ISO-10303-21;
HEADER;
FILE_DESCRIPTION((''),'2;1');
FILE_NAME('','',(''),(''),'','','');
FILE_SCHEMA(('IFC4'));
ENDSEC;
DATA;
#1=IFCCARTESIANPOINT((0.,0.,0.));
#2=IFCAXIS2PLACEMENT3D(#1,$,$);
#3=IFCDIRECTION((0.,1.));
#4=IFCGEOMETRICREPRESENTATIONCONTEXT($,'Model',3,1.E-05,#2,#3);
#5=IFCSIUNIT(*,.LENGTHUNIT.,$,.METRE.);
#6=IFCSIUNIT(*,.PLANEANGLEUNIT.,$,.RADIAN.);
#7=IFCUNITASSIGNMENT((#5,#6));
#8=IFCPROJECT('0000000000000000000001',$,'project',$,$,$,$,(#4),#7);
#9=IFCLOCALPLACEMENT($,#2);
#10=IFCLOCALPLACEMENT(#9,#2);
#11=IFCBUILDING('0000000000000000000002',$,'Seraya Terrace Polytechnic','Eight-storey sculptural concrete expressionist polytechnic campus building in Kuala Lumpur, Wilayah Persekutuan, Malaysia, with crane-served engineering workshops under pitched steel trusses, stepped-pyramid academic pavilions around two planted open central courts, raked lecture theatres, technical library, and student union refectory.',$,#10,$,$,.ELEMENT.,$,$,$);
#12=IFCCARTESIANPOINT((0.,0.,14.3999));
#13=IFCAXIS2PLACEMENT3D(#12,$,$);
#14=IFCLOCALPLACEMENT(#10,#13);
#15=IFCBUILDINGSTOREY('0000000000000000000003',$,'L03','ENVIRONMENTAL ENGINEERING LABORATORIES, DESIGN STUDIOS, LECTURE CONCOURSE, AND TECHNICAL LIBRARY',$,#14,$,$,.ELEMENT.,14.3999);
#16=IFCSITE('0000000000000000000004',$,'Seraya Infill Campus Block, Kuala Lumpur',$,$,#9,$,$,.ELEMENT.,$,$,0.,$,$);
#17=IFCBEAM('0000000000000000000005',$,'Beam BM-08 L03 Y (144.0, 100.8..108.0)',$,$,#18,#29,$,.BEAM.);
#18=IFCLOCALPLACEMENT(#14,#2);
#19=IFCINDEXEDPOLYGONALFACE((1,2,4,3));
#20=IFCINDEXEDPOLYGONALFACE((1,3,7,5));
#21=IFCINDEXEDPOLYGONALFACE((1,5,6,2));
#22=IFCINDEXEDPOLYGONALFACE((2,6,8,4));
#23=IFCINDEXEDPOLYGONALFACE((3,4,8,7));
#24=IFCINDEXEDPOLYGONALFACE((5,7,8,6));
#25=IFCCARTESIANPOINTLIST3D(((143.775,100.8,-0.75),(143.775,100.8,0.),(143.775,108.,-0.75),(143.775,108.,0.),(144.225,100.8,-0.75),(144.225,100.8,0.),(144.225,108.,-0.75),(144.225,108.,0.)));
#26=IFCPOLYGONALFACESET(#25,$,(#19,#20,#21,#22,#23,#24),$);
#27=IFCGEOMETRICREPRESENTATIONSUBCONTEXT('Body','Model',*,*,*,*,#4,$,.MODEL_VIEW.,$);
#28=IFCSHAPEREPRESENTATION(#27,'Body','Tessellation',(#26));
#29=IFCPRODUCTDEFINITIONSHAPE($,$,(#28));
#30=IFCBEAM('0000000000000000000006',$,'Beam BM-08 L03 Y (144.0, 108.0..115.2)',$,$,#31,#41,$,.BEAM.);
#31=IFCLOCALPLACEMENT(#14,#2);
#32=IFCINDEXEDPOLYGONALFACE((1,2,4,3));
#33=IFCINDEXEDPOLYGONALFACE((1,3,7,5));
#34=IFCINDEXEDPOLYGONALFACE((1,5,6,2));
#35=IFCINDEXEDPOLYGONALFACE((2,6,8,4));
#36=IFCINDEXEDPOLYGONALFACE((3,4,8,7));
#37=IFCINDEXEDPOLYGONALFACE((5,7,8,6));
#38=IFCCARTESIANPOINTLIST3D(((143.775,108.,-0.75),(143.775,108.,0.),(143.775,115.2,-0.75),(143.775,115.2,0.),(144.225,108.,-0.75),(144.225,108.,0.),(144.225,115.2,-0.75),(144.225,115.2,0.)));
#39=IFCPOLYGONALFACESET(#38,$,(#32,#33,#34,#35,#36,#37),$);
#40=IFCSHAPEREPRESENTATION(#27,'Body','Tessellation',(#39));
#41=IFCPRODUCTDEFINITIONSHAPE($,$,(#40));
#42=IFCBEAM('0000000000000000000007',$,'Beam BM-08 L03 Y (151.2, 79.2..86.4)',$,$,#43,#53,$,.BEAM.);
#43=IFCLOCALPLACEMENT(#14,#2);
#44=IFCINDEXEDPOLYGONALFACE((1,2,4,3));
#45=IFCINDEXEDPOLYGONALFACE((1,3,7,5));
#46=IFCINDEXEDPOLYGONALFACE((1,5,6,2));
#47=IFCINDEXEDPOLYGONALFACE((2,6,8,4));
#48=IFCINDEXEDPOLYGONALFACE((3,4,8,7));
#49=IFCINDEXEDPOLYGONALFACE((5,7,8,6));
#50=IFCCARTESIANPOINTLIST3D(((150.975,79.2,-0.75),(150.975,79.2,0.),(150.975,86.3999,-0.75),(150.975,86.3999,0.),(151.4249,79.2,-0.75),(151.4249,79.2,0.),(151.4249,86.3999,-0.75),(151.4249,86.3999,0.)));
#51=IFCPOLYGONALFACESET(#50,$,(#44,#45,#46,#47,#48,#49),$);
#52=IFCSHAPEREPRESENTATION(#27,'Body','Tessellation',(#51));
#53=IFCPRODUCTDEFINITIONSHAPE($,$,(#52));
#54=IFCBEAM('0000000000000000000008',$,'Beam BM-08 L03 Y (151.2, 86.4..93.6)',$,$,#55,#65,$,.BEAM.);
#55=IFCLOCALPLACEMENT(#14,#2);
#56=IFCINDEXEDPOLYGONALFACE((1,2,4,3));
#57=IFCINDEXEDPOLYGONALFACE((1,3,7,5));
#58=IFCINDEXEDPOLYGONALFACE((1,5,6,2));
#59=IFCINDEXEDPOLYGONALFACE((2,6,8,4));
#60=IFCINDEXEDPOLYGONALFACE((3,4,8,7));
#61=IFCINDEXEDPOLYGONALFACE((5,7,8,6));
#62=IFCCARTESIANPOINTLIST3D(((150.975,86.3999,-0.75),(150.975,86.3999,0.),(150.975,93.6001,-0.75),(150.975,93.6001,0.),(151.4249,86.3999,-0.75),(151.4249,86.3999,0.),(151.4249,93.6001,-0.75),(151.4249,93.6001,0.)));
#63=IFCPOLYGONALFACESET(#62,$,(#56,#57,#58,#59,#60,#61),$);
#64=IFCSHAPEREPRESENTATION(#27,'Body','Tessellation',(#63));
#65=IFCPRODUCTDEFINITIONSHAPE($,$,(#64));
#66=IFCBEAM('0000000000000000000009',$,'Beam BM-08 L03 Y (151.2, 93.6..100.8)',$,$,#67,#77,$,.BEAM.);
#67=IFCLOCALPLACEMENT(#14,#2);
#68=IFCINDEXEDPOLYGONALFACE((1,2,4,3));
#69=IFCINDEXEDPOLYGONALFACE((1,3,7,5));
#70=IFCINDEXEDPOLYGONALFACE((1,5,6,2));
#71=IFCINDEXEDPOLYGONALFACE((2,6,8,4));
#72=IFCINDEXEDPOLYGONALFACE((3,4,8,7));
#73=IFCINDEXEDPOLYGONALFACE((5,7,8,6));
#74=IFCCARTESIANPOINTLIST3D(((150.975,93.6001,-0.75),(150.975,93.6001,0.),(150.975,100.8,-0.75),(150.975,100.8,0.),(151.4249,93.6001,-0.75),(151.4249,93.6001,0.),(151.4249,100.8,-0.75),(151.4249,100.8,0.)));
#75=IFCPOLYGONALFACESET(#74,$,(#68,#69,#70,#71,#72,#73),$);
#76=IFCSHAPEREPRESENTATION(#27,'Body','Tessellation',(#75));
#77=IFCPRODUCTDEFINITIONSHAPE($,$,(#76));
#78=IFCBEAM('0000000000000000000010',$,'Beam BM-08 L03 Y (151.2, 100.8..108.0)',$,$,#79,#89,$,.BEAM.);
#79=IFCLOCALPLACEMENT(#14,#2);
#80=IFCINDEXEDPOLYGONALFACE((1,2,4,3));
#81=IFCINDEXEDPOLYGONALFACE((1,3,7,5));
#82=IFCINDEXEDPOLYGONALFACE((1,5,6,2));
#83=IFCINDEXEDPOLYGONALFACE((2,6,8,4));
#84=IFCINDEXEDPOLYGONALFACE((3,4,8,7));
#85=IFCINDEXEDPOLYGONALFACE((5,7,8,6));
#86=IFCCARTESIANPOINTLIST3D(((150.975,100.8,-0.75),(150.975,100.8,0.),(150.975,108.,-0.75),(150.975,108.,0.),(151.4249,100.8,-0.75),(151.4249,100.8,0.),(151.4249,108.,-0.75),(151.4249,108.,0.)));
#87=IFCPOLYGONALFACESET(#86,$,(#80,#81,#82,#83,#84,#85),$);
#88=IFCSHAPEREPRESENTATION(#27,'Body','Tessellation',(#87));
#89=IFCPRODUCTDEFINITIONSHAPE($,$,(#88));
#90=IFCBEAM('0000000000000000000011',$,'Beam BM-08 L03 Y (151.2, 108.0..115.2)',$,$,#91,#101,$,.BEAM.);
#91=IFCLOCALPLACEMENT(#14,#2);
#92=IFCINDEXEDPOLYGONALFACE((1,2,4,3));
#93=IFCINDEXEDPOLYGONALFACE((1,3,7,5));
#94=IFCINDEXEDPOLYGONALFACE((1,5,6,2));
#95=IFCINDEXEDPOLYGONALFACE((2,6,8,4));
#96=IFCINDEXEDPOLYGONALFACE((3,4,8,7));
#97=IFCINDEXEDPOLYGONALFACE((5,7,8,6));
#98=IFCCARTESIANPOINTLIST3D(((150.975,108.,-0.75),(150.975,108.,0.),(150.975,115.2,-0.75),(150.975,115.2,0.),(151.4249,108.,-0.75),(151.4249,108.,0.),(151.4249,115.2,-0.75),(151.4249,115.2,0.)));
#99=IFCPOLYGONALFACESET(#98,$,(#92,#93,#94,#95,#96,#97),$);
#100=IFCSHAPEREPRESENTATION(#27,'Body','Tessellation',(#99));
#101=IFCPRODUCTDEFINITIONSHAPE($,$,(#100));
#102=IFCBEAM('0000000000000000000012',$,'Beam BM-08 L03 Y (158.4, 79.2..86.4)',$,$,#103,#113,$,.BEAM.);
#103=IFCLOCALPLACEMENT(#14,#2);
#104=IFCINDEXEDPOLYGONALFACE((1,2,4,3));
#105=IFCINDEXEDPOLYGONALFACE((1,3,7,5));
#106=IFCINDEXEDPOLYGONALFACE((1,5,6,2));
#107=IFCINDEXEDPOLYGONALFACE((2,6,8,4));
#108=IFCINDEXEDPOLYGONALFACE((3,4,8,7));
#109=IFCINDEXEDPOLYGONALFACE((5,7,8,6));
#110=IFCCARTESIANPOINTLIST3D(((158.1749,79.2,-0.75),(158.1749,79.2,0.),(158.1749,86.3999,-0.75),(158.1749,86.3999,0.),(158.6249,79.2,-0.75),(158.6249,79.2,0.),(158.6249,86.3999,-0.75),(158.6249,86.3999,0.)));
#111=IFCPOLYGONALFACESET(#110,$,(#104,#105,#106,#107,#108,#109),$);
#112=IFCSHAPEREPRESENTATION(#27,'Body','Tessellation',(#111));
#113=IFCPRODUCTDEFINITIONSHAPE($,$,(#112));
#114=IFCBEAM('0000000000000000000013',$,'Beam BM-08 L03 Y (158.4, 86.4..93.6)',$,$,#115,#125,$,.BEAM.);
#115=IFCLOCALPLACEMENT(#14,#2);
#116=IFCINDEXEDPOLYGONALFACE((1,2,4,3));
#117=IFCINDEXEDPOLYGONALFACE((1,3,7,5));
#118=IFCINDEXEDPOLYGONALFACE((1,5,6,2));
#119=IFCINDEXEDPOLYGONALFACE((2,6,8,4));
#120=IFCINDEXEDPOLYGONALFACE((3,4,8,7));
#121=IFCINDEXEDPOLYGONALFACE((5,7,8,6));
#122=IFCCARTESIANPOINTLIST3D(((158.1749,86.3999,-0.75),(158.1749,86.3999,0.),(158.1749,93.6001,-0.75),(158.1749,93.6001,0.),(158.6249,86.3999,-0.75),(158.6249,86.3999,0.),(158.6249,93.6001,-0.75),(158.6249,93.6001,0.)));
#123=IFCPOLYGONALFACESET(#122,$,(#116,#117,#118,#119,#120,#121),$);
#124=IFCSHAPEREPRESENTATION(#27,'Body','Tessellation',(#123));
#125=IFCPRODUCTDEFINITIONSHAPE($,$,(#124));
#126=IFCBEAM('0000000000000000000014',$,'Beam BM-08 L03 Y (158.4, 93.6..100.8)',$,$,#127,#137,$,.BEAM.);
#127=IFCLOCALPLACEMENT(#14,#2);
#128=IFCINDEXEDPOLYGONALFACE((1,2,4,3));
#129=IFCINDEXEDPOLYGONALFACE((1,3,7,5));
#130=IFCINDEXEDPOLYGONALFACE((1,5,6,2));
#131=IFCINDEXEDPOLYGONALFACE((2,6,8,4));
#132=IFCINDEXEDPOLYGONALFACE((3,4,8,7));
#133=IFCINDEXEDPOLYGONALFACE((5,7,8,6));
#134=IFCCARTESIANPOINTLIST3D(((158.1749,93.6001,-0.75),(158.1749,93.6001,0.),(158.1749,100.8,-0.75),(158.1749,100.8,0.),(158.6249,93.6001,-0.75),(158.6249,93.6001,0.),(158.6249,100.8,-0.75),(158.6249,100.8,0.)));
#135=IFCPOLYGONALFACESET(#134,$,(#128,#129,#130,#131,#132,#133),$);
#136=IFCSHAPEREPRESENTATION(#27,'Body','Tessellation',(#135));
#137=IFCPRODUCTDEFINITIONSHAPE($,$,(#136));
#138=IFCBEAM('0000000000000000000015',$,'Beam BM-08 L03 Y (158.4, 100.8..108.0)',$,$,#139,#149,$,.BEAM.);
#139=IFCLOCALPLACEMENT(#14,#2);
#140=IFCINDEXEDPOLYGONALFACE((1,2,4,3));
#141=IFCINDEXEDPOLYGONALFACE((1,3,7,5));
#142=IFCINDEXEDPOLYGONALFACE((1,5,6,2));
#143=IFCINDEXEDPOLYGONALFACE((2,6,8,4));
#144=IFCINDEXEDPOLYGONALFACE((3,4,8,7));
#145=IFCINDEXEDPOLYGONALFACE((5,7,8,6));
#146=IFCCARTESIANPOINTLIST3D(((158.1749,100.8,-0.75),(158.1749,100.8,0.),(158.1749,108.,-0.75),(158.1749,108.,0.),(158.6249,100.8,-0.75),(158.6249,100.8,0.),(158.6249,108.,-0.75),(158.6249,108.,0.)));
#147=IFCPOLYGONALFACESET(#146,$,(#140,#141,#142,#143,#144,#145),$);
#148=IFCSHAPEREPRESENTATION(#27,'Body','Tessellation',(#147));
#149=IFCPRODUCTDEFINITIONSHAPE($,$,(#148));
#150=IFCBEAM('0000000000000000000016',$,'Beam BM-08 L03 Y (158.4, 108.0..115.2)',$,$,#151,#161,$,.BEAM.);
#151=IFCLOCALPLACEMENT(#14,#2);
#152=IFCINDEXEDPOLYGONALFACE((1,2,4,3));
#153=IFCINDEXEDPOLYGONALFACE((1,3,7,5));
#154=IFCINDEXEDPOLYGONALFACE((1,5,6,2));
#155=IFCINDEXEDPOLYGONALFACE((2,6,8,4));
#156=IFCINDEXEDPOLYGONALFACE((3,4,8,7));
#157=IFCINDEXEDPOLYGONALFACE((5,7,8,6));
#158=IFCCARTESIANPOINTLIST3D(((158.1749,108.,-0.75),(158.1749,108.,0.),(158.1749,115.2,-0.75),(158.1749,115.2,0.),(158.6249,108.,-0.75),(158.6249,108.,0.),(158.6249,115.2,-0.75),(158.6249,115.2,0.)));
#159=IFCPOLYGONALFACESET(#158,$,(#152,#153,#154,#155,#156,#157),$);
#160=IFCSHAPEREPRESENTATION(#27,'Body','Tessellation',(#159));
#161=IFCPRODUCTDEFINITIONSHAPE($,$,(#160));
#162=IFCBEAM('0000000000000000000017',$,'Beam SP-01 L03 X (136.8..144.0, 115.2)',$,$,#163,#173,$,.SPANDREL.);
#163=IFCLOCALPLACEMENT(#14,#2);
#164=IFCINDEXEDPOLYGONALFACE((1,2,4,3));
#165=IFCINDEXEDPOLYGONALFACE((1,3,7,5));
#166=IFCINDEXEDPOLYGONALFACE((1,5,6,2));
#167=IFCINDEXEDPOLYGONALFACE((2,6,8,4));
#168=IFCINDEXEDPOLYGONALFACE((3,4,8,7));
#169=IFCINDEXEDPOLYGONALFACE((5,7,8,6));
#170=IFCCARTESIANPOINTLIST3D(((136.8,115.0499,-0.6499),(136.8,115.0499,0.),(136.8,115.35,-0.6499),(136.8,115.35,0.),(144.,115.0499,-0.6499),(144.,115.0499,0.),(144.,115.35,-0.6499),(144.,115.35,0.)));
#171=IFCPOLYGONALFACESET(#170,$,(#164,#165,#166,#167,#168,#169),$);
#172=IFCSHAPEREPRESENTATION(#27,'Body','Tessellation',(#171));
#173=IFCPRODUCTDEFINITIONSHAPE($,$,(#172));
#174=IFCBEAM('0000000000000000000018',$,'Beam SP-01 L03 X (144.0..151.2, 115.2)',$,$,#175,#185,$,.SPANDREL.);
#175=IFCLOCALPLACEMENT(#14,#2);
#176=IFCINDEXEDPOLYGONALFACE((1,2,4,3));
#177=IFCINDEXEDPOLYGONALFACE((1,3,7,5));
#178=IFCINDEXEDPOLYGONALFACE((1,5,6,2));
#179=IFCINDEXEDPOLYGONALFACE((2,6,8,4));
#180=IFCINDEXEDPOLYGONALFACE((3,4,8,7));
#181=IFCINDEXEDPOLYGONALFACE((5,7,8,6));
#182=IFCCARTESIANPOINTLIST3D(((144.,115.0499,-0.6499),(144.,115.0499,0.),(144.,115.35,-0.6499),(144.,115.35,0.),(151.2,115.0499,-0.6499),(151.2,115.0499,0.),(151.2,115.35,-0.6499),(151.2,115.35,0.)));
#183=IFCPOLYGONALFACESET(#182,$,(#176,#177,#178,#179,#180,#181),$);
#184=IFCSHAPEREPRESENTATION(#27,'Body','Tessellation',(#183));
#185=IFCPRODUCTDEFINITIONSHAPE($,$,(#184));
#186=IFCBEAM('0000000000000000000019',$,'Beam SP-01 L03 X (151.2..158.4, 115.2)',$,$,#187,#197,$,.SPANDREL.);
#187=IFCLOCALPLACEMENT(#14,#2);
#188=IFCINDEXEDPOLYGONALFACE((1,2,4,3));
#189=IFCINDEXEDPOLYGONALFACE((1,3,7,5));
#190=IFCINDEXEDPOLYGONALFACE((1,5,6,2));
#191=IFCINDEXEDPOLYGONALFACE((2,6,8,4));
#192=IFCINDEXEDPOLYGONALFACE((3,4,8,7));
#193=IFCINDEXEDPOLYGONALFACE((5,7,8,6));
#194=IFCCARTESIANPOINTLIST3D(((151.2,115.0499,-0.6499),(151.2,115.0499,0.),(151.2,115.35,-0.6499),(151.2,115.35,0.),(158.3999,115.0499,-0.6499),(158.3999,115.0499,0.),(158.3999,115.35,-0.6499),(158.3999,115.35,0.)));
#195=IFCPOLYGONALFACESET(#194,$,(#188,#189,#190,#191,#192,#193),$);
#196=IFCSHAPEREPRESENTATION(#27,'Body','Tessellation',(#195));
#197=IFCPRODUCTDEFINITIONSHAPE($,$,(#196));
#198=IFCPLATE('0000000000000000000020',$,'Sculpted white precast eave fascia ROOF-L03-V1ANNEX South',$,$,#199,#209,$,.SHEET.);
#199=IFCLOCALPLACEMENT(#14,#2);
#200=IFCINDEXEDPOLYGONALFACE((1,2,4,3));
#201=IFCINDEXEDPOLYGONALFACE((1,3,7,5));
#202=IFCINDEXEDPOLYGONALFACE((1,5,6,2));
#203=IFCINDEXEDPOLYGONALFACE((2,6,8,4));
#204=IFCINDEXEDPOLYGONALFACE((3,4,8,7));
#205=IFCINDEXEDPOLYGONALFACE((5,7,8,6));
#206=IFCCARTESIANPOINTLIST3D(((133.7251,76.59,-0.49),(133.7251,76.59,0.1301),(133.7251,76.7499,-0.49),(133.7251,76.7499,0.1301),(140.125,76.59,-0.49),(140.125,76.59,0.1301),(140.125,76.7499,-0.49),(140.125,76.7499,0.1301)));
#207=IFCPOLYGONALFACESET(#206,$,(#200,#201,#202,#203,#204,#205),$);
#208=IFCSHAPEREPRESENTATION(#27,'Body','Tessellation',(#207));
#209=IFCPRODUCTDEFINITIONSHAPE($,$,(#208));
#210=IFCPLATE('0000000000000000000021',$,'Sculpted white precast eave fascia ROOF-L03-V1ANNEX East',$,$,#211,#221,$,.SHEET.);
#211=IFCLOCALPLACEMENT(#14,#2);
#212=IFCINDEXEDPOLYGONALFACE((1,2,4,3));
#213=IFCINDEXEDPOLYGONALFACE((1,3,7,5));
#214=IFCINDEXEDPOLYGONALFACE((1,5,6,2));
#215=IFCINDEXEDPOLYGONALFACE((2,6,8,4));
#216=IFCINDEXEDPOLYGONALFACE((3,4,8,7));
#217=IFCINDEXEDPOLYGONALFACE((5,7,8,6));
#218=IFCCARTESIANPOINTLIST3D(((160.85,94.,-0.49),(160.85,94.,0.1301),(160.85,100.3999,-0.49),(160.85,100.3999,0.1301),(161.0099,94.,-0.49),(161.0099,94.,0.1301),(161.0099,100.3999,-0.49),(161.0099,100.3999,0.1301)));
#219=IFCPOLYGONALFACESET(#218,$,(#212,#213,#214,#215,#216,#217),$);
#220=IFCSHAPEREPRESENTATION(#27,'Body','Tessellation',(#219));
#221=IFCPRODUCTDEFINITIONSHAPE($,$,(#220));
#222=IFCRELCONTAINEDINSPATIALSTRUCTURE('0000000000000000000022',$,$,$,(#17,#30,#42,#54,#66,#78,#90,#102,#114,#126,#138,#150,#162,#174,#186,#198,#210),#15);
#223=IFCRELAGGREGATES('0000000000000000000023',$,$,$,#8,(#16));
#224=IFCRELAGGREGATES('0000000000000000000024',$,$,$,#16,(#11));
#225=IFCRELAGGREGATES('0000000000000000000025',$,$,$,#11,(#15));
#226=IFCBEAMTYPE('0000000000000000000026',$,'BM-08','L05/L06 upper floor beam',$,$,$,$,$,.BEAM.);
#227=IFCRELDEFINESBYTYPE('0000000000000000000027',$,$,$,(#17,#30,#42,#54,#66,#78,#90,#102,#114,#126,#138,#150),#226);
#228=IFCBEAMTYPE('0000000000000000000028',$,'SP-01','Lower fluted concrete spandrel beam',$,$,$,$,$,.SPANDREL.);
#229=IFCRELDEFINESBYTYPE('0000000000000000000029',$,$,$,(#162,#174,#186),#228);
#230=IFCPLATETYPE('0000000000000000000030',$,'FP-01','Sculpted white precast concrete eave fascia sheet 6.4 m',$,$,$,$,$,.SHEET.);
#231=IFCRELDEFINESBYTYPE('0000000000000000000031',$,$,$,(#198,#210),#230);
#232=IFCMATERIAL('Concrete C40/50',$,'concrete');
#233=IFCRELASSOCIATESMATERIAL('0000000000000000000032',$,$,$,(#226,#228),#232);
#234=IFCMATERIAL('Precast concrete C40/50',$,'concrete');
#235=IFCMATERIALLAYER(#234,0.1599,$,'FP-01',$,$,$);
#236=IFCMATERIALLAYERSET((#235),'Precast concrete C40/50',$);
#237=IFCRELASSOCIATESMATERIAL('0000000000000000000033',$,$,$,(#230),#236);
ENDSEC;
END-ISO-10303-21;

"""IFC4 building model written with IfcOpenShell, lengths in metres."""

from ifc_helpers import new_model, si_unit, direction, frame, origin, origin_2d, place, context, subcontext, project, spatial, rectangle, extrude, material, layer, layer_set, material_profile, profile_set, type_object, element, save


model = new_model("IFC4")

# Units and contexts
model_context = context("Model", 3, precision=1e-05, world=origin(), true_north=direction((0.0, 1.0)))
body_context = subcontext(model_context, "Body", "Model", "MODEL_VIEW")
ifc_project = project(units=[si_unit("LENGTHUNIT", "METRE"), si_unit("PLANEANGLEUNIT", "RADIAN")], contexts=[model_context])

# Site, building, storey
site_placement = place(None, origin())
site = spatial("IfcSite", under=ifc_project, at=site_placement, Name="Seraya Infill Campus Block, Kuala Lumpur", CompositionType="ELEMENT", RefElevation=0.0)
building_placement = place(site_placement, origin())
building = spatial("IfcBuilding", under=site, at=building_placement, Name="Seraya Terrace Polytechnic", Description="Eight-storey sculptural concrete expressionist polytechnic campus building in Kuala Lumpur, Wilayah Persekutuan, Malaysia, with crane-served engineering workshops under pitched steel trusses, stepped-pyramid academic pavilions around two planted open central courts, raked lecture theatres, technical library, and student union refectory.", CompositionType="ELEMENT")
storey_placement = place(building_placement, frame((0.0, 0.0, 14.3999)))
storey = spatial("IfcBuildingStorey", under=building, at=storey_placement, Name="L03", Description="ENVIRONMENTAL ENGINEERING LABORATORIES, DESIGN STUDIOS, LECTURE CONCOURSE, AND TECHNICAL LIBRARY", CompositionType="ELEMENT", Elevation=14.3999)

# Beams
ifc_material_1 = material(Name="Concrete C40/50", Category="concrete")
ifc_material_profile_1 = material_profile(ifc_material_1, rectangle(XDim=0.45, YDim=0.75, at=origin_2d()), Name="RC 450x750")
ifc_profile_set_1 = profile_set([ifc_material_profile_1], Name="Concrete C40/50")
beam_type_1 = type_object("IfcBeamType", Name="BM-08", Description="L05/L06 upper floor beam", PredefinedType="BEAM", material=ifc_profile_set_1)
for number, where, z_axis, x_axis, name in (
    (1, (144.0, 100.8, -0.375), (0.0, 1.0, 0.0), (-1.0, 0.0, 0.0), "Beam BM-08 L03 Y (144.0, 100.8..108.0)"),
    (2, (144.0, 108.0, -0.375), (0.0, 1.0, 0.0), (-1.0, 0.0, 0.0), "Beam BM-08 L03 Y (144.0, 108.0..115.2)"),
    (3, (151.2, 79.2, -0.375), (0.0, 1.0, 0.0), (-1.0, 0.0, 0.0), "Beam BM-08 L03 Y (151.2, 79.2..86.4)"),
):
    element("IfcBeam", number, at=place(storey_placement, frame(where, z_axis=z_axis, x_axis=x_axis)), inside=storey, type_object=beam_type_1, Name=name, PredefinedType="BEAM", context=body_context, shape_type="SweptSolid", body=[
        extrude(rectangle(XDim=0.45, YDim=0.75, at=origin_2d()), origin(), (0.0, 0.0, 1.0), 7.2),
    ])
beam_1_placement = place(storey_placement, frame((151.2, 86.3999, -0.375), z_axis=(0.0, 1.0, 0.0), x_axis=(-1.0, 0.0, 0.0)))
element("IfcBeam", 4, at=beam_1_placement, inside=storey, type_object=beam_type_1, Name="Beam BM-08 L03 Y (151.2, 86.4..93.6)", PredefinedType="BEAM", context=body_context, shape_type="SweptSolid", body=[
    extrude(rectangle(XDim=0.45, YDim=0.75, at=origin_2d()), origin(), (0.0, 0.0, 1.0), 7.2002),
])
for number, where, z_axis, x_axis, name in (
    (5, (151.2, 93.6001, -0.375), (0.0, 1.0, 0.0), (-1.0, 0.0, 0.0), "Beam BM-08 L03 Y (151.2, 93.6..100.8)"),
    (6, (151.2, 100.8, -0.375), (0.0, 1.0, 0.0), (-1.0, 0.0, 0.0), "Beam BM-08 L03 Y (151.2, 100.8..108.0)"),
    (7, (151.2, 108.0, -0.375), (0.0, 1.0, 0.0), (-1.0, 0.0, 0.0), "Beam BM-08 L03 Y (151.2, 108.0..115.2)"),
    (8, (158.3999, 79.2, -0.375), (0.0, 1.0, 0.0), (-1.0, 0.0, 0.0), "Beam BM-08 L03 Y (158.4, 79.2..86.4)"),
):
    element("IfcBeam", number, at=place(storey_placement, frame(where, z_axis=z_axis, x_axis=x_axis)), inside=storey, type_object=beam_type_1, Name=name, PredefinedType="BEAM", context=body_context, shape_type="SweptSolid", body=[
        extrude(rectangle(XDim=0.45, YDim=0.75, at=origin_2d()), origin(), (0.0, 0.0, 1.0), 7.2),
    ])
beam_2_placement = place(storey_placement, frame((158.3999, 86.3999, -0.375), z_axis=(0.0, 1.0, 0.0), x_axis=(-1.0, 0.0, 0.0)))
element("IfcBeam", 9, at=beam_2_placement, inside=storey, type_object=beam_type_1, Name="Beam BM-08 L03 Y (158.4, 86.4..93.6)", PredefinedType="BEAM", context=body_context, shape_type="SweptSolid", body=[
    extrude(rectangle(XDim=0.45, YDim=0.75, at=origin_2d()), origin(), (0.0, 0.0, 1.0), 7.2002),
])
for number, where, z_axis, x_axis, name in (
    (10, (158.3999, 93.6001, -0.375), (0.0, 1.0, 0.0), (-1.0, 0.0, 0.0), "Beam BM-08 L03 Y (158.4, 93.6..100.8)"),
    (11, (158.3999, 100.8, -0.375), (0.0, 1.0, 0.0), (-1.0, 0.0, 0.0), "Beam BM-08 L03 Y (158.4, 100.8..108.0)"),
    (12, (158.3999, 108.0, -0.375), (0.0, 1.0, 0.0), (-1.0, 0.0, 0.0), "Beam BM-08 L03 Y (158.4, 108.0..115.2)"),
):
    element("IfcBeam", number, at=place(storey_placement, frame(where, z_axis=z_axis, x_axis=x_axis)), inside=storey, type_object=beam_type_1, Name=name, PredefinedType="BEAM", context=body_context, shape_type="SweptSolid", body=[
        extrude(rectangle(XDim=0.45, YDim=0.75, at=origin_2d()), origin(), (0.0, 0.0, 1.0), 7.2),
    ])
ifc_material_profile_2 = material_profile(ifc_material_1, rectangle(XDim=0.3, YDim=0.6499, at=origin_2d()), Name="RC 300x650")
ifc_profile_set_2 = profile_set([ifc_material_profile_2], Name="Concrete C40/50")
beam_type_2 = type_object("IfcBeamType", Name="SP-01", Description="Lower fluted concrete spandrel beam", PredefinedType="SPANDREL", material=ifc_profile_set_2)
for number, where, z_axis, x_axis, name in (
    (13, (136.8, 115.2, -0.325), (1.0, 0.0, 0.0), (0.0, 1.0, 0.0), "Beam SP-01 L03 X (136.8..144.0, 115.2)"),
    (14, (144.0, 115.2, -0.325), (1.0, 0.0, 0.0), (0.0, 1.0, 0.0), "Beam SP-01 L03 X (144.0..151.2, 115.2)"),
    (15, (151.2, 115.2, -0.325), (1.0, 0.0, 0.0), (0.0, 1.0, 0.0), "Beam SP-01 L03 X (151.2..158.4, 115.2)"),
):
    element("IfcBeam", number, at=place(storey_placement, frame(where, z_axis=z_axis, x_axis=x_axis)), inside=storey, type_object=beam_type_2, Name=name, PredefinedType="SPANDREL", context=body_context, shape_type="SweptSolid", body=[
        extrude(rectangle(XDim=0.3, YDim=0.6499, at=origin_2d()), origin(), (0.0, 0.0, 1.0), 7.2),
    ])

# Plates
ifc_material_2 = material(Name="Precast concrete C40/50", Category="concrete")
ifc_layer_1 = layer(ifc_material_2, 0.1599, Name="FP-01")
ifc_layer_set_1 = layer_set([ifc_layer_1], Name="Precast concrete C40/50")
plate_type = type_object("IfcPlateType", Name="FP-01", Description="Sculpted white precast concrete eave fascia sheet 6.4 m", PredefinedType="SHEET", material=ifc_layer_set_1)
for number, where, z_axis, x_axis, name in (
    (16, (136.925, 76.6699, -0.49), (0.0, 0.0, 1.0), (1.0, 0.0, 0.0), "Sculpted white precast eave fascia ROOF-L03-V1ANNEX South"),
    (17, (160.9299, 97.2, -0.49), (0.0, 0.0, 1.0), (0.0, 1.0, 0.0), "Sculpted white precast eave fascia ROOF-L03-V1ANNEX East"),
):
    element("IfcPlate", number, at=place(storey_placement, frame(where, z_axis=z_axis, x_axis=x_axis)), inside=storey, type_object=plate_type, Name=name, PredefinedType="SHEET", context=body_context, shape_type="SweptSolid", body=[
        extrude(rectangle(XDim=6.3999, YDim=0.1599, at=origin_2d()), origin(), (0.0, 0.0, 1.0), 0.6201),
    ])

save(model, "model.ifc")
